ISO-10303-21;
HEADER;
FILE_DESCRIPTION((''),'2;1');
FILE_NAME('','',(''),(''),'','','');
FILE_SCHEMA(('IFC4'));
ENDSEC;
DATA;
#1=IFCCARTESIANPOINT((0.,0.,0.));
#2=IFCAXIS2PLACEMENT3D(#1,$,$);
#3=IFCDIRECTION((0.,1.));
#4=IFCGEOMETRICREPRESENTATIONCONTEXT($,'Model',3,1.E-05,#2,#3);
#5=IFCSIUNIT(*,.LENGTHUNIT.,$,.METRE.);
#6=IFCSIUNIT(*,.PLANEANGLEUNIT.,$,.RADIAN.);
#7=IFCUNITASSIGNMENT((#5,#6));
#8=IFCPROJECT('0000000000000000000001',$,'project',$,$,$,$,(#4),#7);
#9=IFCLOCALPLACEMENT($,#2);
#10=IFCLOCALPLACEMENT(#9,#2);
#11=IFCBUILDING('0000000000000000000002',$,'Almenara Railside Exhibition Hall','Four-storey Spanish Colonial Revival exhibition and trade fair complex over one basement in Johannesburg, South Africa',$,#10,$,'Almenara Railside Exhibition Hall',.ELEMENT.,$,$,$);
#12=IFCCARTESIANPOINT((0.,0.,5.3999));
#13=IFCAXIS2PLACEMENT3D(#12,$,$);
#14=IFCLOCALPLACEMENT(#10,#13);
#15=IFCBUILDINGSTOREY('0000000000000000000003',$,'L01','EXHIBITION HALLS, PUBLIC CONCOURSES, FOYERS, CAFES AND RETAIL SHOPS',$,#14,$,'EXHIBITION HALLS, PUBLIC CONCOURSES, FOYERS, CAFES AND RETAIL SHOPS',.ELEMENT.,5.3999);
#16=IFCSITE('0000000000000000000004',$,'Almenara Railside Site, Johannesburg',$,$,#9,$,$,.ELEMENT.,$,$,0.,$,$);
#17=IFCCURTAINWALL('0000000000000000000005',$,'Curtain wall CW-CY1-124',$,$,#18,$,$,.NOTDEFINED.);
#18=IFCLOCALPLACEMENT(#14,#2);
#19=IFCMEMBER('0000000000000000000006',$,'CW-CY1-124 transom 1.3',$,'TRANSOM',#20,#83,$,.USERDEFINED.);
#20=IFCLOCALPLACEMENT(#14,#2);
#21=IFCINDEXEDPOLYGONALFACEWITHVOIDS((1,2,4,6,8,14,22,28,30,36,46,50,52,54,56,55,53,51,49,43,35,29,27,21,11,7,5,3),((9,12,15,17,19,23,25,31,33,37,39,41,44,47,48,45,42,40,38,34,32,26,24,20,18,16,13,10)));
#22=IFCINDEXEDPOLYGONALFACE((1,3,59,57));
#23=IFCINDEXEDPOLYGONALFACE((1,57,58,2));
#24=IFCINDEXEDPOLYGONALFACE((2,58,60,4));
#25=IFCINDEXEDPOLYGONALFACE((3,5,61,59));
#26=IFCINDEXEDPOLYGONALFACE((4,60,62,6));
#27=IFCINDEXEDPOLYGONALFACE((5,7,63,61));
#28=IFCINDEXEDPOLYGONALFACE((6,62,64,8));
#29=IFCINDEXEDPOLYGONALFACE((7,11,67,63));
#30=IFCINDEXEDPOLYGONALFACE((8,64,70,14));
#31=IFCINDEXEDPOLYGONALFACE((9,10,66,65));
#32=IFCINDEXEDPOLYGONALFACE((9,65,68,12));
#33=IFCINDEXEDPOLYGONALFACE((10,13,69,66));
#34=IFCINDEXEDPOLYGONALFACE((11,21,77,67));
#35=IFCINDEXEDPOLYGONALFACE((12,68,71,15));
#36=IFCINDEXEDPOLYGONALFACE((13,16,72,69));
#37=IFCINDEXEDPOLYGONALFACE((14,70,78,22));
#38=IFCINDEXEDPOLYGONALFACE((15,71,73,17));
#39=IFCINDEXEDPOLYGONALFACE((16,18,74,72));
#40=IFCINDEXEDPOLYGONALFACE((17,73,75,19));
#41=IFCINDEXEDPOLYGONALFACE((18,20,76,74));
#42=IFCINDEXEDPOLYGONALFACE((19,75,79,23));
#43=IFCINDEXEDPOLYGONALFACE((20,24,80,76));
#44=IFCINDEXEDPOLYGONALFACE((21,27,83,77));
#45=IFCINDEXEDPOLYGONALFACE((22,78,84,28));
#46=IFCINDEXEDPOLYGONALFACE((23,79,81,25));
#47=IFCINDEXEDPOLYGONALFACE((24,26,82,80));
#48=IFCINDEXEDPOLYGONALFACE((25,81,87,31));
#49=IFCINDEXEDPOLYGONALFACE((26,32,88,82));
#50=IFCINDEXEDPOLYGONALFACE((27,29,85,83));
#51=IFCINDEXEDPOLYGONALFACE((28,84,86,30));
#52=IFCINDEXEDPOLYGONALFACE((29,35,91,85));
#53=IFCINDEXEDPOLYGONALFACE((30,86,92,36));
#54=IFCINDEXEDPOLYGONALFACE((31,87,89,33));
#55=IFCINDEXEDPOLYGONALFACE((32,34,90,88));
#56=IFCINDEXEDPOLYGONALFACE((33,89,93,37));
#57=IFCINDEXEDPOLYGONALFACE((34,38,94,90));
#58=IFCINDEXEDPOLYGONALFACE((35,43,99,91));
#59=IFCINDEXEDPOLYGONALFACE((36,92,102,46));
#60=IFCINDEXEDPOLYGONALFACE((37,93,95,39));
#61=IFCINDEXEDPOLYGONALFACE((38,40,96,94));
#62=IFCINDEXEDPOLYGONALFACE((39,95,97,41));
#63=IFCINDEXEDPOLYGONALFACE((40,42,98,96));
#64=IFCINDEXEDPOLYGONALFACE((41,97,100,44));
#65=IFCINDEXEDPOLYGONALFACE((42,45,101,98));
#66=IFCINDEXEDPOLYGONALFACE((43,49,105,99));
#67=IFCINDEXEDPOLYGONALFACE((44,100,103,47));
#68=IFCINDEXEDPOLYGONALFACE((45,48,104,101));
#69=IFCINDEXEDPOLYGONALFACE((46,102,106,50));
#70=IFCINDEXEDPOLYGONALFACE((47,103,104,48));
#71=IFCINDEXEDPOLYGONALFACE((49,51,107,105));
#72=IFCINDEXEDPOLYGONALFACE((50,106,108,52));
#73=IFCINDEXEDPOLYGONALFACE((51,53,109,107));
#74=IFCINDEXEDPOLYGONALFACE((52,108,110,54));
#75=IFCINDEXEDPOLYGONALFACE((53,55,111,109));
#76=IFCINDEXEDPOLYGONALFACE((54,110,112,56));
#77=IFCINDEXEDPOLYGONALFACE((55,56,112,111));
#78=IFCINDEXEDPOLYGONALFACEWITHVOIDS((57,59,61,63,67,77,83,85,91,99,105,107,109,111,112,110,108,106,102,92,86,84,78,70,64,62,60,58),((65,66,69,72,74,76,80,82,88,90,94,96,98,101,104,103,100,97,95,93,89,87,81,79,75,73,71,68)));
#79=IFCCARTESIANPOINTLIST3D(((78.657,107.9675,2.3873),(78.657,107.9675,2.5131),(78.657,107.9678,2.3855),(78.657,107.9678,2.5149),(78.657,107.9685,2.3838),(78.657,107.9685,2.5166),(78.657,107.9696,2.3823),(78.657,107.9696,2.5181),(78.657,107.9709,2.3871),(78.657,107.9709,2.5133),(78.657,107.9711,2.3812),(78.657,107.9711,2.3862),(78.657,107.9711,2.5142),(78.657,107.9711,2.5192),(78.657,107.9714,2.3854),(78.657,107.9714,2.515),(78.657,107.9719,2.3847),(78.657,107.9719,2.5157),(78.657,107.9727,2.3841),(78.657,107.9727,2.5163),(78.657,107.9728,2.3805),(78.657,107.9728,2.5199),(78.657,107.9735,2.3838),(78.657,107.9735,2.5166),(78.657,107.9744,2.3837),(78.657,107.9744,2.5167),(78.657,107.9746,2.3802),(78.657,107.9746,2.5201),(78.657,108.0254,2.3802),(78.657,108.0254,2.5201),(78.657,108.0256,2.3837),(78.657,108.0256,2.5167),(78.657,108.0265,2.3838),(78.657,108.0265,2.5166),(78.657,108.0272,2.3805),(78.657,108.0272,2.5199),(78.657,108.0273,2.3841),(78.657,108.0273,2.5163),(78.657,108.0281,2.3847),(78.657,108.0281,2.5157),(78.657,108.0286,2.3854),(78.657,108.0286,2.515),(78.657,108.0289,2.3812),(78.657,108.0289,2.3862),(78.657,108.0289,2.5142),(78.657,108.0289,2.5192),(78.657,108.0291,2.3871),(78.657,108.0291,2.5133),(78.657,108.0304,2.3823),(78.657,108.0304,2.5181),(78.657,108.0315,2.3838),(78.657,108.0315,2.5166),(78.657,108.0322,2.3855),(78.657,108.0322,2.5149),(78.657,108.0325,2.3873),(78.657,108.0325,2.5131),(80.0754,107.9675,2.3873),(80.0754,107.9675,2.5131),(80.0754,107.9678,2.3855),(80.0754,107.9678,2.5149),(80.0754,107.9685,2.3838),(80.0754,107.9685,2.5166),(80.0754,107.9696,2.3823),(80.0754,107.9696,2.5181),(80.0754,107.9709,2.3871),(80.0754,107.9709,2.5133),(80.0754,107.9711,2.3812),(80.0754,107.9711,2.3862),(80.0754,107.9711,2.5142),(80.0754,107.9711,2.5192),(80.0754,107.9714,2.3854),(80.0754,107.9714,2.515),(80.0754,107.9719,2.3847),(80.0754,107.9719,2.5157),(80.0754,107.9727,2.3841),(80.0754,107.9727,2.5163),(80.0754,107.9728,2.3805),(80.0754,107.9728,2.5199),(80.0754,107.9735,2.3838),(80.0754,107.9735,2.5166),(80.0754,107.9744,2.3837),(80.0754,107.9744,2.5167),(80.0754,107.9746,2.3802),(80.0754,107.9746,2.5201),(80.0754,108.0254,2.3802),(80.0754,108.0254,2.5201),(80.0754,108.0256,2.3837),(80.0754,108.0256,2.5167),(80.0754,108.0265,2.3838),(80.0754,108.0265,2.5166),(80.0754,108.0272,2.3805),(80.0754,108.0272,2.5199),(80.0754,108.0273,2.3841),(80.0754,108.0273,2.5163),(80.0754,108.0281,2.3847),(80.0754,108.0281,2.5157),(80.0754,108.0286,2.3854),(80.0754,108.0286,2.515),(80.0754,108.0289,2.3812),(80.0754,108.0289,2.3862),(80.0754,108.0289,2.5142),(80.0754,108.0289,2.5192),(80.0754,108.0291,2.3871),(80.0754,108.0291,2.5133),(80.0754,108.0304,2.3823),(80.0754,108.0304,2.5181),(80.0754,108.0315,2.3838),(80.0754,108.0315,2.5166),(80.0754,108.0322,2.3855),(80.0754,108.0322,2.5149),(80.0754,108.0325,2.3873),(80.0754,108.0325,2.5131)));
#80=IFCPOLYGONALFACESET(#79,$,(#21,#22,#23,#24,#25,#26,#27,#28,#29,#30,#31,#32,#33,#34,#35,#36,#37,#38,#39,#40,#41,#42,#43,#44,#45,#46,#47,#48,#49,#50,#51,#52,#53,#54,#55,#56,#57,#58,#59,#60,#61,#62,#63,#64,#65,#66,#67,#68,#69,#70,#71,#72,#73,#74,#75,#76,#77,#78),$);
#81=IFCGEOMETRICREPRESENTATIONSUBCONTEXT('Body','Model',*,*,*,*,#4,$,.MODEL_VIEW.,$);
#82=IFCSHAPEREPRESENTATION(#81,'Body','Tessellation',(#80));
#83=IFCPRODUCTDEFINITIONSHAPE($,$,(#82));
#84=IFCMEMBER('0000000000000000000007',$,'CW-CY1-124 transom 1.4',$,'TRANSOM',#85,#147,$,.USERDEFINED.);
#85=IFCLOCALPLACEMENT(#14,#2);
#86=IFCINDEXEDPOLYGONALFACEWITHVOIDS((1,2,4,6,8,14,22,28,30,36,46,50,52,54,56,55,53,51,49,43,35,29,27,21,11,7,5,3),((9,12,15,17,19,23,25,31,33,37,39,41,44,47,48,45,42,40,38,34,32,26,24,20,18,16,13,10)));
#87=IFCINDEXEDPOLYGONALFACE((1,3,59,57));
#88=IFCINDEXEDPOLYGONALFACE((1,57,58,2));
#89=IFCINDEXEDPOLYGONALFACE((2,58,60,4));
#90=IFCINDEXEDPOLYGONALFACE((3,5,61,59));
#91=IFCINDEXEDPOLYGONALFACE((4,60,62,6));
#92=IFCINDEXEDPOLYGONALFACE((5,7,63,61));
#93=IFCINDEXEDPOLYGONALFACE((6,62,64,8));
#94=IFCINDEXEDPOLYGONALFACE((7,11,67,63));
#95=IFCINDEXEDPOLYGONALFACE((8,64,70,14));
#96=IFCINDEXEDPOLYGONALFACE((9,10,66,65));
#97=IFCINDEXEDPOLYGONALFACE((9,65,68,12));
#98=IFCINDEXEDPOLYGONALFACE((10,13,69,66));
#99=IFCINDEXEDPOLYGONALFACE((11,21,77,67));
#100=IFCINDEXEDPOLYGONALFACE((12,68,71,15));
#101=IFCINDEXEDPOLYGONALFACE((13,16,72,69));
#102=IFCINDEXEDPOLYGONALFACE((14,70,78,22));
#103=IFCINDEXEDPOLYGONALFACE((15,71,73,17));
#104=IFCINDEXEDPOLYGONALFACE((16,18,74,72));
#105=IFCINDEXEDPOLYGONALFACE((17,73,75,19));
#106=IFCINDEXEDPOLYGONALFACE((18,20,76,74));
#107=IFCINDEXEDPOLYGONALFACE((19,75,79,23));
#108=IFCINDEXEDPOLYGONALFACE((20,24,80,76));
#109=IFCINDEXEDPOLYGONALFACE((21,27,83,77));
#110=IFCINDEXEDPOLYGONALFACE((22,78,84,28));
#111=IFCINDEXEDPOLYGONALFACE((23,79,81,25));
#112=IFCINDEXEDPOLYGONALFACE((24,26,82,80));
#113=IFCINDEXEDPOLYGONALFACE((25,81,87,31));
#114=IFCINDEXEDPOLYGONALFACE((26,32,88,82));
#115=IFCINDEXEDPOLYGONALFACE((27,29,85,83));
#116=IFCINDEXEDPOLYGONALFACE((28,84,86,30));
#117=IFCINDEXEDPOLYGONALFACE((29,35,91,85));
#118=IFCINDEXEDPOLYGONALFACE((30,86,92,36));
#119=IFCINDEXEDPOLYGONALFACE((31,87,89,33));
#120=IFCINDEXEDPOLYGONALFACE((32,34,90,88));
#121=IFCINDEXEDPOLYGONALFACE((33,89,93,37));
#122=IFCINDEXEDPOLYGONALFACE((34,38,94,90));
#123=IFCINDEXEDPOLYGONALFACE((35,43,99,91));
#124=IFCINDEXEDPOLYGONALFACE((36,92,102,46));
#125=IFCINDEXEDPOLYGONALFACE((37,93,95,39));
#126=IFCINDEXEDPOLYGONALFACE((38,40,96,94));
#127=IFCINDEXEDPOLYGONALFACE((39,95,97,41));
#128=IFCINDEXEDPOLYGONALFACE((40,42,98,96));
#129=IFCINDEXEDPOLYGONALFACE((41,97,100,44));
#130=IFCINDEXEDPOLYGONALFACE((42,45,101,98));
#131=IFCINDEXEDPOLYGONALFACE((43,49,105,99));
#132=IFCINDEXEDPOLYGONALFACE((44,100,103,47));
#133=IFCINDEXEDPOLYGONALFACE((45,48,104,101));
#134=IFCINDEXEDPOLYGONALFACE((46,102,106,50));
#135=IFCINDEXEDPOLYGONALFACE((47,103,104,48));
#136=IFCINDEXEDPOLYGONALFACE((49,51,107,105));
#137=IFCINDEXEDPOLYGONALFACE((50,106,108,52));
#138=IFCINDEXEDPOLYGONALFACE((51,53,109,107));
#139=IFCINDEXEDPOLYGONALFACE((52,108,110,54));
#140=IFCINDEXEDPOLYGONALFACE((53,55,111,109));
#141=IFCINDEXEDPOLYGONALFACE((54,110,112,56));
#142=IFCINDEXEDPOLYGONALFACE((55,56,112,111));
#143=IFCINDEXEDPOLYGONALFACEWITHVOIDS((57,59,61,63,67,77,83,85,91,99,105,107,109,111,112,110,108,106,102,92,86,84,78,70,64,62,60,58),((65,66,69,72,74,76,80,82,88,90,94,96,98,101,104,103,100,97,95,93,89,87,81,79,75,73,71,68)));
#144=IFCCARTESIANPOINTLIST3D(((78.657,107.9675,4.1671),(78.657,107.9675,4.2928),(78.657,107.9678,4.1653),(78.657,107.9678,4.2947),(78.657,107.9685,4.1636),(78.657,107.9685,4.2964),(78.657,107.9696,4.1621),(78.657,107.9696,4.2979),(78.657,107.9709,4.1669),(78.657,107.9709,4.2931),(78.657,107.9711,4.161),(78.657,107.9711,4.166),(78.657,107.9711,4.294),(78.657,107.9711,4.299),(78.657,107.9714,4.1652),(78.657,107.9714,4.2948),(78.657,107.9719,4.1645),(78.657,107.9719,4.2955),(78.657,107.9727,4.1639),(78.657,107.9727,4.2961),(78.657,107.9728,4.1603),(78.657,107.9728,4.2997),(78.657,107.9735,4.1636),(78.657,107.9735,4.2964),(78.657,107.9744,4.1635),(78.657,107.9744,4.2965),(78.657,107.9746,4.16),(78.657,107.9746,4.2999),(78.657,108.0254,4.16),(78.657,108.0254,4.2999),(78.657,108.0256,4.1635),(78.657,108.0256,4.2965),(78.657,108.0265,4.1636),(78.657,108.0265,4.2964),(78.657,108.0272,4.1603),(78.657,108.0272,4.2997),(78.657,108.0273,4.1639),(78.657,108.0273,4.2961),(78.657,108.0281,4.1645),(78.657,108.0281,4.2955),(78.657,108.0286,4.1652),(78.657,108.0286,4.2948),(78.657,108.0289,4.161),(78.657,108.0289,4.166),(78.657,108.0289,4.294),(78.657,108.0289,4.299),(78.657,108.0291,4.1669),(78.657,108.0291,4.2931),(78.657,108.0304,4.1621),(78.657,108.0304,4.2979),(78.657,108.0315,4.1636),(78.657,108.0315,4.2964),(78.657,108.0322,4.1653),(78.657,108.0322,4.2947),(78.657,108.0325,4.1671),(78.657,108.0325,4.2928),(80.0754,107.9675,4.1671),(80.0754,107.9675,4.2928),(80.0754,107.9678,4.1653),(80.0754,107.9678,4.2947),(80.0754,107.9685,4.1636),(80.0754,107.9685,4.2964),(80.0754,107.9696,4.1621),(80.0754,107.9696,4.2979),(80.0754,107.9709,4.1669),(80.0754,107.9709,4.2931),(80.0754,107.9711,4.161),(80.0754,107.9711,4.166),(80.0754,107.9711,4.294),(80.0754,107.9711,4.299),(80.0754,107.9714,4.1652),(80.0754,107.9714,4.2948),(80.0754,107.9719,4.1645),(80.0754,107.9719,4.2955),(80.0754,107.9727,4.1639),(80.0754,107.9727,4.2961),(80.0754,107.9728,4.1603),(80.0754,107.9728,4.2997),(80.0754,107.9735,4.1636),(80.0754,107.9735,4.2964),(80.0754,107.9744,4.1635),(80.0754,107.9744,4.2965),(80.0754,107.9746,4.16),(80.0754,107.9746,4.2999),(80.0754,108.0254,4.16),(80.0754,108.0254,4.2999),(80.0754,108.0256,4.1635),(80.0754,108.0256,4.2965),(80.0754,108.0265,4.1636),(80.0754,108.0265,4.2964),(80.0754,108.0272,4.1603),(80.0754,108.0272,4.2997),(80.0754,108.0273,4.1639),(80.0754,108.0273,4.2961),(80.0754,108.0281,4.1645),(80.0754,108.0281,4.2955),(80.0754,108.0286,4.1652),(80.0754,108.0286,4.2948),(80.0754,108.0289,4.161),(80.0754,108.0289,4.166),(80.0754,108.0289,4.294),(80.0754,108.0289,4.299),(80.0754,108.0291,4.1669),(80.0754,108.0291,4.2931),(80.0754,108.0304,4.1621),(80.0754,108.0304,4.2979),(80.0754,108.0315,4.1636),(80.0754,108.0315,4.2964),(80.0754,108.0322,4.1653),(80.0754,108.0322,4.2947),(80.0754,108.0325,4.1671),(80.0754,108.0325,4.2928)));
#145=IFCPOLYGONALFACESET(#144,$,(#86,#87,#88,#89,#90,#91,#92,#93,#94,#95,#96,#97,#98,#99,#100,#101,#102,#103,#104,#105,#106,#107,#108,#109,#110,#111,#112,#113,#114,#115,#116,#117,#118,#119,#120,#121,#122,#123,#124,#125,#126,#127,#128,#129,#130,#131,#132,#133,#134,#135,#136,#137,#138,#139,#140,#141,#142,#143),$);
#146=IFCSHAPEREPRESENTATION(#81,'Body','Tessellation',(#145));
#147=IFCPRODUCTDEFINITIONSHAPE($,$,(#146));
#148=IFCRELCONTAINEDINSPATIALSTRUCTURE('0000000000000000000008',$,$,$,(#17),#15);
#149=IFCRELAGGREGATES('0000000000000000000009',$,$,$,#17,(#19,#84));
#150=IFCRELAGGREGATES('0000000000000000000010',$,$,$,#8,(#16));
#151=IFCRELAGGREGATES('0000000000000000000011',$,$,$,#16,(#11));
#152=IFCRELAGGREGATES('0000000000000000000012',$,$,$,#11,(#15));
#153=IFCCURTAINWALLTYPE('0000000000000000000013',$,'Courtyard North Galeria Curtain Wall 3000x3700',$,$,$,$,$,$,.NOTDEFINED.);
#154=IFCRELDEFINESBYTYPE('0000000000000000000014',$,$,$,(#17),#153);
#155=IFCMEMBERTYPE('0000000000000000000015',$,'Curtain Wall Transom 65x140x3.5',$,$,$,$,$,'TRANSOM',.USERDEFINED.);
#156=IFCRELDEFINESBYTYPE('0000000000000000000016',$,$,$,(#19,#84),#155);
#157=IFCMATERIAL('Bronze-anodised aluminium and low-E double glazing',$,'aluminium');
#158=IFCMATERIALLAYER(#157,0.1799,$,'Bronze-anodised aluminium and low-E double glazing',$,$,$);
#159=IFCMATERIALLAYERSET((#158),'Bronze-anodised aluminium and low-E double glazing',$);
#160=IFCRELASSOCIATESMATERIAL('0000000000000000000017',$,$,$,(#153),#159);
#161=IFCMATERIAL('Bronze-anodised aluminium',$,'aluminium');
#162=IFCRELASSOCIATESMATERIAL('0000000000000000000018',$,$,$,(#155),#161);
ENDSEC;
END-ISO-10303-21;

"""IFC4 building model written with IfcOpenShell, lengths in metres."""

from ifc_helpers import new_model, si_unit, direction, frame, origin, origin_2d, place, context, subcontext, project, spatial, hollow_rectangle, extrude, material, layer, layer_set, material_profile, profile_set, type_object, element, aggregate, save


model = new_model("IFC4")

# Units and contexts
model_context = context("Model", 3, precision=1e-05, world=origin(), true_north=direction((0.0, 1.0)))
body_context = subcontext(model_context, "Body", "Model", "MODEL_VIEW")
ifc_project = project(units=[si_unit("LENGTHUNIT", "METRE"), si_unit("PLANEANGLEUNIT", "RADIAN")], contexts=[model_context])

# Site, building, storey
site_placement = place(None, origin())
site = spatial("IfcSite", under=ifc_project, at=site_placement, Name="Almenara Railside Site, Johannesburg", CompositionType="ELEMENT", RefElevation=0.0)
building_placement = place(site_placement, origin())
building = spatial("IfcBuilding", under=site, at=building_placement, Name="Almenara Railside Exhibition Hall", Description="Four-storey Spanish Colonial Revival exhibition and trade fair complex over one basement in Johannesburg, South Africa", LongName="Almenara Railside Exhibition Hall", CompositionType="ELEMENT")
storey_placement = place(building_placement, frame((0.0, 0.0, 5.3999)))
storey = spatial("IfcBuildingStorey", under=building, at=storey_placement, Name="L01", Description="EXHIBITION HALLS, PUBLIC CONCOURSES, FOYERS, CAFES AND RETAIL SHOPS", LongName="EXHIBITION HALLS, PUBLIC CONCOURSES, FOYERS, CAFES AND RETAIL SHOPS", CompositionType="ELEMENT", Elevation=5.3999)

# Curtain wall
ifc_material_1 = material(Name="Bronze-anodised aluminium and low-E double glazing", Category="aluminium")
ifc_layer_1 = layer(ifc_material_1, 0.1799, Name="Bronze-anodised aluminium and low-E double glazing")
ifc_layer_set_1 = layer_set([ifc_layer_1], Name="Bronze-anodised aluminium and low-E double glazing")
curtain_wall_type = type_object("IfcCurtainWallType", Name="Courtyard North Galeria Curtain Wall 3000x3700", PredefinedType="NOTDEFINED", material=ifc_layer_set_1)
curtain_wall_1_placement = place(storey_placement, origin())
curtain_wall_1 = element("IfcCurtainWall", 1, at=curtain_wall_1_placement, inside=storey, type_object=curtain_wall_type, Name="Curtain wall CW-CY1-124", PredefinedType="NOTDEFINED")
ifc_material_2 = material(Name="Bronze-anodised aluminium", Category="aluminium")

# Members
ifc_material_profile_1 = material_profile(ifc_material_2, hollow_rectangle(XDim=0.0649, YDim=0.1399, WallThickness=0.0034, InnerFilletRadius=0.0034, OuterFilletRadius=0.0071, at=origin_2d()), Name="ALU-TRN 65x140x3.5")
ifc_profile_set_1 = profile_set([ifc_material_profile_1], Name="Bronze-anodised aluminium")
member_type_1 = type_object("IfcMemberType", Name="Curtain Wall Transom 65x140x3.5", ElementType="TRANSOM", PredefinedType="USERDEFINED", material=ifc_profile_set_1)
member_1_placement = place(storey_placement, frame((78.657, 108.0, 2.4502), z_axis=(1.0, 0.0, 0.0), x_axis=(0.0, 1.0, 0.0)))
member_1 = element("IfcMember", 2, at=member_1_placement, type_object=member_type_1, Name="CW-CY1-124 transom 1.3", ObjectType="TRANSOM", PredefinedType="USERDEFINED", context=body_context, shape_type="SweptSolid", body=[
    extrude(hollow_rectangle(XDim=0.0649, YDim=0.1399, WallThickness=0.0034, InnerFilletRadius=0.0034, OuterFilletRadius=0.0071, at=origin_2d()), origin(), (0.0, 0.0, 1.0), 1.4185),
])
member_2_placement = place(storey_placement, frame((78.657, 108.0, 4.23), z_axis=(1.0, 0.0, 0.0), x_axis=(0.0, 1.0, 0.0)))
member_2 = element("IfcMember", 3, at=member_2_placement, type_object=member_type_1, Name="CW-CY1-124 transom 1.4", ObjectType="TRANSOM", PredefinedType="USERDEFINED", context=body_context, shape_type="SweptSolid", body=[
    extrude(hollow_rectangle(XDim=0.0649, YDim=0.1399, WallThickness=0.0034, InnerFilletRadius=0.0034, OuterFilletRadius=0.0071, at=origin_2d()), origin(), (0.0, 0.0, 1.0), 1.4185),
])

aggregate(curtain_wall_1, [member_1, member_2])

save(model, "model.ifc")
